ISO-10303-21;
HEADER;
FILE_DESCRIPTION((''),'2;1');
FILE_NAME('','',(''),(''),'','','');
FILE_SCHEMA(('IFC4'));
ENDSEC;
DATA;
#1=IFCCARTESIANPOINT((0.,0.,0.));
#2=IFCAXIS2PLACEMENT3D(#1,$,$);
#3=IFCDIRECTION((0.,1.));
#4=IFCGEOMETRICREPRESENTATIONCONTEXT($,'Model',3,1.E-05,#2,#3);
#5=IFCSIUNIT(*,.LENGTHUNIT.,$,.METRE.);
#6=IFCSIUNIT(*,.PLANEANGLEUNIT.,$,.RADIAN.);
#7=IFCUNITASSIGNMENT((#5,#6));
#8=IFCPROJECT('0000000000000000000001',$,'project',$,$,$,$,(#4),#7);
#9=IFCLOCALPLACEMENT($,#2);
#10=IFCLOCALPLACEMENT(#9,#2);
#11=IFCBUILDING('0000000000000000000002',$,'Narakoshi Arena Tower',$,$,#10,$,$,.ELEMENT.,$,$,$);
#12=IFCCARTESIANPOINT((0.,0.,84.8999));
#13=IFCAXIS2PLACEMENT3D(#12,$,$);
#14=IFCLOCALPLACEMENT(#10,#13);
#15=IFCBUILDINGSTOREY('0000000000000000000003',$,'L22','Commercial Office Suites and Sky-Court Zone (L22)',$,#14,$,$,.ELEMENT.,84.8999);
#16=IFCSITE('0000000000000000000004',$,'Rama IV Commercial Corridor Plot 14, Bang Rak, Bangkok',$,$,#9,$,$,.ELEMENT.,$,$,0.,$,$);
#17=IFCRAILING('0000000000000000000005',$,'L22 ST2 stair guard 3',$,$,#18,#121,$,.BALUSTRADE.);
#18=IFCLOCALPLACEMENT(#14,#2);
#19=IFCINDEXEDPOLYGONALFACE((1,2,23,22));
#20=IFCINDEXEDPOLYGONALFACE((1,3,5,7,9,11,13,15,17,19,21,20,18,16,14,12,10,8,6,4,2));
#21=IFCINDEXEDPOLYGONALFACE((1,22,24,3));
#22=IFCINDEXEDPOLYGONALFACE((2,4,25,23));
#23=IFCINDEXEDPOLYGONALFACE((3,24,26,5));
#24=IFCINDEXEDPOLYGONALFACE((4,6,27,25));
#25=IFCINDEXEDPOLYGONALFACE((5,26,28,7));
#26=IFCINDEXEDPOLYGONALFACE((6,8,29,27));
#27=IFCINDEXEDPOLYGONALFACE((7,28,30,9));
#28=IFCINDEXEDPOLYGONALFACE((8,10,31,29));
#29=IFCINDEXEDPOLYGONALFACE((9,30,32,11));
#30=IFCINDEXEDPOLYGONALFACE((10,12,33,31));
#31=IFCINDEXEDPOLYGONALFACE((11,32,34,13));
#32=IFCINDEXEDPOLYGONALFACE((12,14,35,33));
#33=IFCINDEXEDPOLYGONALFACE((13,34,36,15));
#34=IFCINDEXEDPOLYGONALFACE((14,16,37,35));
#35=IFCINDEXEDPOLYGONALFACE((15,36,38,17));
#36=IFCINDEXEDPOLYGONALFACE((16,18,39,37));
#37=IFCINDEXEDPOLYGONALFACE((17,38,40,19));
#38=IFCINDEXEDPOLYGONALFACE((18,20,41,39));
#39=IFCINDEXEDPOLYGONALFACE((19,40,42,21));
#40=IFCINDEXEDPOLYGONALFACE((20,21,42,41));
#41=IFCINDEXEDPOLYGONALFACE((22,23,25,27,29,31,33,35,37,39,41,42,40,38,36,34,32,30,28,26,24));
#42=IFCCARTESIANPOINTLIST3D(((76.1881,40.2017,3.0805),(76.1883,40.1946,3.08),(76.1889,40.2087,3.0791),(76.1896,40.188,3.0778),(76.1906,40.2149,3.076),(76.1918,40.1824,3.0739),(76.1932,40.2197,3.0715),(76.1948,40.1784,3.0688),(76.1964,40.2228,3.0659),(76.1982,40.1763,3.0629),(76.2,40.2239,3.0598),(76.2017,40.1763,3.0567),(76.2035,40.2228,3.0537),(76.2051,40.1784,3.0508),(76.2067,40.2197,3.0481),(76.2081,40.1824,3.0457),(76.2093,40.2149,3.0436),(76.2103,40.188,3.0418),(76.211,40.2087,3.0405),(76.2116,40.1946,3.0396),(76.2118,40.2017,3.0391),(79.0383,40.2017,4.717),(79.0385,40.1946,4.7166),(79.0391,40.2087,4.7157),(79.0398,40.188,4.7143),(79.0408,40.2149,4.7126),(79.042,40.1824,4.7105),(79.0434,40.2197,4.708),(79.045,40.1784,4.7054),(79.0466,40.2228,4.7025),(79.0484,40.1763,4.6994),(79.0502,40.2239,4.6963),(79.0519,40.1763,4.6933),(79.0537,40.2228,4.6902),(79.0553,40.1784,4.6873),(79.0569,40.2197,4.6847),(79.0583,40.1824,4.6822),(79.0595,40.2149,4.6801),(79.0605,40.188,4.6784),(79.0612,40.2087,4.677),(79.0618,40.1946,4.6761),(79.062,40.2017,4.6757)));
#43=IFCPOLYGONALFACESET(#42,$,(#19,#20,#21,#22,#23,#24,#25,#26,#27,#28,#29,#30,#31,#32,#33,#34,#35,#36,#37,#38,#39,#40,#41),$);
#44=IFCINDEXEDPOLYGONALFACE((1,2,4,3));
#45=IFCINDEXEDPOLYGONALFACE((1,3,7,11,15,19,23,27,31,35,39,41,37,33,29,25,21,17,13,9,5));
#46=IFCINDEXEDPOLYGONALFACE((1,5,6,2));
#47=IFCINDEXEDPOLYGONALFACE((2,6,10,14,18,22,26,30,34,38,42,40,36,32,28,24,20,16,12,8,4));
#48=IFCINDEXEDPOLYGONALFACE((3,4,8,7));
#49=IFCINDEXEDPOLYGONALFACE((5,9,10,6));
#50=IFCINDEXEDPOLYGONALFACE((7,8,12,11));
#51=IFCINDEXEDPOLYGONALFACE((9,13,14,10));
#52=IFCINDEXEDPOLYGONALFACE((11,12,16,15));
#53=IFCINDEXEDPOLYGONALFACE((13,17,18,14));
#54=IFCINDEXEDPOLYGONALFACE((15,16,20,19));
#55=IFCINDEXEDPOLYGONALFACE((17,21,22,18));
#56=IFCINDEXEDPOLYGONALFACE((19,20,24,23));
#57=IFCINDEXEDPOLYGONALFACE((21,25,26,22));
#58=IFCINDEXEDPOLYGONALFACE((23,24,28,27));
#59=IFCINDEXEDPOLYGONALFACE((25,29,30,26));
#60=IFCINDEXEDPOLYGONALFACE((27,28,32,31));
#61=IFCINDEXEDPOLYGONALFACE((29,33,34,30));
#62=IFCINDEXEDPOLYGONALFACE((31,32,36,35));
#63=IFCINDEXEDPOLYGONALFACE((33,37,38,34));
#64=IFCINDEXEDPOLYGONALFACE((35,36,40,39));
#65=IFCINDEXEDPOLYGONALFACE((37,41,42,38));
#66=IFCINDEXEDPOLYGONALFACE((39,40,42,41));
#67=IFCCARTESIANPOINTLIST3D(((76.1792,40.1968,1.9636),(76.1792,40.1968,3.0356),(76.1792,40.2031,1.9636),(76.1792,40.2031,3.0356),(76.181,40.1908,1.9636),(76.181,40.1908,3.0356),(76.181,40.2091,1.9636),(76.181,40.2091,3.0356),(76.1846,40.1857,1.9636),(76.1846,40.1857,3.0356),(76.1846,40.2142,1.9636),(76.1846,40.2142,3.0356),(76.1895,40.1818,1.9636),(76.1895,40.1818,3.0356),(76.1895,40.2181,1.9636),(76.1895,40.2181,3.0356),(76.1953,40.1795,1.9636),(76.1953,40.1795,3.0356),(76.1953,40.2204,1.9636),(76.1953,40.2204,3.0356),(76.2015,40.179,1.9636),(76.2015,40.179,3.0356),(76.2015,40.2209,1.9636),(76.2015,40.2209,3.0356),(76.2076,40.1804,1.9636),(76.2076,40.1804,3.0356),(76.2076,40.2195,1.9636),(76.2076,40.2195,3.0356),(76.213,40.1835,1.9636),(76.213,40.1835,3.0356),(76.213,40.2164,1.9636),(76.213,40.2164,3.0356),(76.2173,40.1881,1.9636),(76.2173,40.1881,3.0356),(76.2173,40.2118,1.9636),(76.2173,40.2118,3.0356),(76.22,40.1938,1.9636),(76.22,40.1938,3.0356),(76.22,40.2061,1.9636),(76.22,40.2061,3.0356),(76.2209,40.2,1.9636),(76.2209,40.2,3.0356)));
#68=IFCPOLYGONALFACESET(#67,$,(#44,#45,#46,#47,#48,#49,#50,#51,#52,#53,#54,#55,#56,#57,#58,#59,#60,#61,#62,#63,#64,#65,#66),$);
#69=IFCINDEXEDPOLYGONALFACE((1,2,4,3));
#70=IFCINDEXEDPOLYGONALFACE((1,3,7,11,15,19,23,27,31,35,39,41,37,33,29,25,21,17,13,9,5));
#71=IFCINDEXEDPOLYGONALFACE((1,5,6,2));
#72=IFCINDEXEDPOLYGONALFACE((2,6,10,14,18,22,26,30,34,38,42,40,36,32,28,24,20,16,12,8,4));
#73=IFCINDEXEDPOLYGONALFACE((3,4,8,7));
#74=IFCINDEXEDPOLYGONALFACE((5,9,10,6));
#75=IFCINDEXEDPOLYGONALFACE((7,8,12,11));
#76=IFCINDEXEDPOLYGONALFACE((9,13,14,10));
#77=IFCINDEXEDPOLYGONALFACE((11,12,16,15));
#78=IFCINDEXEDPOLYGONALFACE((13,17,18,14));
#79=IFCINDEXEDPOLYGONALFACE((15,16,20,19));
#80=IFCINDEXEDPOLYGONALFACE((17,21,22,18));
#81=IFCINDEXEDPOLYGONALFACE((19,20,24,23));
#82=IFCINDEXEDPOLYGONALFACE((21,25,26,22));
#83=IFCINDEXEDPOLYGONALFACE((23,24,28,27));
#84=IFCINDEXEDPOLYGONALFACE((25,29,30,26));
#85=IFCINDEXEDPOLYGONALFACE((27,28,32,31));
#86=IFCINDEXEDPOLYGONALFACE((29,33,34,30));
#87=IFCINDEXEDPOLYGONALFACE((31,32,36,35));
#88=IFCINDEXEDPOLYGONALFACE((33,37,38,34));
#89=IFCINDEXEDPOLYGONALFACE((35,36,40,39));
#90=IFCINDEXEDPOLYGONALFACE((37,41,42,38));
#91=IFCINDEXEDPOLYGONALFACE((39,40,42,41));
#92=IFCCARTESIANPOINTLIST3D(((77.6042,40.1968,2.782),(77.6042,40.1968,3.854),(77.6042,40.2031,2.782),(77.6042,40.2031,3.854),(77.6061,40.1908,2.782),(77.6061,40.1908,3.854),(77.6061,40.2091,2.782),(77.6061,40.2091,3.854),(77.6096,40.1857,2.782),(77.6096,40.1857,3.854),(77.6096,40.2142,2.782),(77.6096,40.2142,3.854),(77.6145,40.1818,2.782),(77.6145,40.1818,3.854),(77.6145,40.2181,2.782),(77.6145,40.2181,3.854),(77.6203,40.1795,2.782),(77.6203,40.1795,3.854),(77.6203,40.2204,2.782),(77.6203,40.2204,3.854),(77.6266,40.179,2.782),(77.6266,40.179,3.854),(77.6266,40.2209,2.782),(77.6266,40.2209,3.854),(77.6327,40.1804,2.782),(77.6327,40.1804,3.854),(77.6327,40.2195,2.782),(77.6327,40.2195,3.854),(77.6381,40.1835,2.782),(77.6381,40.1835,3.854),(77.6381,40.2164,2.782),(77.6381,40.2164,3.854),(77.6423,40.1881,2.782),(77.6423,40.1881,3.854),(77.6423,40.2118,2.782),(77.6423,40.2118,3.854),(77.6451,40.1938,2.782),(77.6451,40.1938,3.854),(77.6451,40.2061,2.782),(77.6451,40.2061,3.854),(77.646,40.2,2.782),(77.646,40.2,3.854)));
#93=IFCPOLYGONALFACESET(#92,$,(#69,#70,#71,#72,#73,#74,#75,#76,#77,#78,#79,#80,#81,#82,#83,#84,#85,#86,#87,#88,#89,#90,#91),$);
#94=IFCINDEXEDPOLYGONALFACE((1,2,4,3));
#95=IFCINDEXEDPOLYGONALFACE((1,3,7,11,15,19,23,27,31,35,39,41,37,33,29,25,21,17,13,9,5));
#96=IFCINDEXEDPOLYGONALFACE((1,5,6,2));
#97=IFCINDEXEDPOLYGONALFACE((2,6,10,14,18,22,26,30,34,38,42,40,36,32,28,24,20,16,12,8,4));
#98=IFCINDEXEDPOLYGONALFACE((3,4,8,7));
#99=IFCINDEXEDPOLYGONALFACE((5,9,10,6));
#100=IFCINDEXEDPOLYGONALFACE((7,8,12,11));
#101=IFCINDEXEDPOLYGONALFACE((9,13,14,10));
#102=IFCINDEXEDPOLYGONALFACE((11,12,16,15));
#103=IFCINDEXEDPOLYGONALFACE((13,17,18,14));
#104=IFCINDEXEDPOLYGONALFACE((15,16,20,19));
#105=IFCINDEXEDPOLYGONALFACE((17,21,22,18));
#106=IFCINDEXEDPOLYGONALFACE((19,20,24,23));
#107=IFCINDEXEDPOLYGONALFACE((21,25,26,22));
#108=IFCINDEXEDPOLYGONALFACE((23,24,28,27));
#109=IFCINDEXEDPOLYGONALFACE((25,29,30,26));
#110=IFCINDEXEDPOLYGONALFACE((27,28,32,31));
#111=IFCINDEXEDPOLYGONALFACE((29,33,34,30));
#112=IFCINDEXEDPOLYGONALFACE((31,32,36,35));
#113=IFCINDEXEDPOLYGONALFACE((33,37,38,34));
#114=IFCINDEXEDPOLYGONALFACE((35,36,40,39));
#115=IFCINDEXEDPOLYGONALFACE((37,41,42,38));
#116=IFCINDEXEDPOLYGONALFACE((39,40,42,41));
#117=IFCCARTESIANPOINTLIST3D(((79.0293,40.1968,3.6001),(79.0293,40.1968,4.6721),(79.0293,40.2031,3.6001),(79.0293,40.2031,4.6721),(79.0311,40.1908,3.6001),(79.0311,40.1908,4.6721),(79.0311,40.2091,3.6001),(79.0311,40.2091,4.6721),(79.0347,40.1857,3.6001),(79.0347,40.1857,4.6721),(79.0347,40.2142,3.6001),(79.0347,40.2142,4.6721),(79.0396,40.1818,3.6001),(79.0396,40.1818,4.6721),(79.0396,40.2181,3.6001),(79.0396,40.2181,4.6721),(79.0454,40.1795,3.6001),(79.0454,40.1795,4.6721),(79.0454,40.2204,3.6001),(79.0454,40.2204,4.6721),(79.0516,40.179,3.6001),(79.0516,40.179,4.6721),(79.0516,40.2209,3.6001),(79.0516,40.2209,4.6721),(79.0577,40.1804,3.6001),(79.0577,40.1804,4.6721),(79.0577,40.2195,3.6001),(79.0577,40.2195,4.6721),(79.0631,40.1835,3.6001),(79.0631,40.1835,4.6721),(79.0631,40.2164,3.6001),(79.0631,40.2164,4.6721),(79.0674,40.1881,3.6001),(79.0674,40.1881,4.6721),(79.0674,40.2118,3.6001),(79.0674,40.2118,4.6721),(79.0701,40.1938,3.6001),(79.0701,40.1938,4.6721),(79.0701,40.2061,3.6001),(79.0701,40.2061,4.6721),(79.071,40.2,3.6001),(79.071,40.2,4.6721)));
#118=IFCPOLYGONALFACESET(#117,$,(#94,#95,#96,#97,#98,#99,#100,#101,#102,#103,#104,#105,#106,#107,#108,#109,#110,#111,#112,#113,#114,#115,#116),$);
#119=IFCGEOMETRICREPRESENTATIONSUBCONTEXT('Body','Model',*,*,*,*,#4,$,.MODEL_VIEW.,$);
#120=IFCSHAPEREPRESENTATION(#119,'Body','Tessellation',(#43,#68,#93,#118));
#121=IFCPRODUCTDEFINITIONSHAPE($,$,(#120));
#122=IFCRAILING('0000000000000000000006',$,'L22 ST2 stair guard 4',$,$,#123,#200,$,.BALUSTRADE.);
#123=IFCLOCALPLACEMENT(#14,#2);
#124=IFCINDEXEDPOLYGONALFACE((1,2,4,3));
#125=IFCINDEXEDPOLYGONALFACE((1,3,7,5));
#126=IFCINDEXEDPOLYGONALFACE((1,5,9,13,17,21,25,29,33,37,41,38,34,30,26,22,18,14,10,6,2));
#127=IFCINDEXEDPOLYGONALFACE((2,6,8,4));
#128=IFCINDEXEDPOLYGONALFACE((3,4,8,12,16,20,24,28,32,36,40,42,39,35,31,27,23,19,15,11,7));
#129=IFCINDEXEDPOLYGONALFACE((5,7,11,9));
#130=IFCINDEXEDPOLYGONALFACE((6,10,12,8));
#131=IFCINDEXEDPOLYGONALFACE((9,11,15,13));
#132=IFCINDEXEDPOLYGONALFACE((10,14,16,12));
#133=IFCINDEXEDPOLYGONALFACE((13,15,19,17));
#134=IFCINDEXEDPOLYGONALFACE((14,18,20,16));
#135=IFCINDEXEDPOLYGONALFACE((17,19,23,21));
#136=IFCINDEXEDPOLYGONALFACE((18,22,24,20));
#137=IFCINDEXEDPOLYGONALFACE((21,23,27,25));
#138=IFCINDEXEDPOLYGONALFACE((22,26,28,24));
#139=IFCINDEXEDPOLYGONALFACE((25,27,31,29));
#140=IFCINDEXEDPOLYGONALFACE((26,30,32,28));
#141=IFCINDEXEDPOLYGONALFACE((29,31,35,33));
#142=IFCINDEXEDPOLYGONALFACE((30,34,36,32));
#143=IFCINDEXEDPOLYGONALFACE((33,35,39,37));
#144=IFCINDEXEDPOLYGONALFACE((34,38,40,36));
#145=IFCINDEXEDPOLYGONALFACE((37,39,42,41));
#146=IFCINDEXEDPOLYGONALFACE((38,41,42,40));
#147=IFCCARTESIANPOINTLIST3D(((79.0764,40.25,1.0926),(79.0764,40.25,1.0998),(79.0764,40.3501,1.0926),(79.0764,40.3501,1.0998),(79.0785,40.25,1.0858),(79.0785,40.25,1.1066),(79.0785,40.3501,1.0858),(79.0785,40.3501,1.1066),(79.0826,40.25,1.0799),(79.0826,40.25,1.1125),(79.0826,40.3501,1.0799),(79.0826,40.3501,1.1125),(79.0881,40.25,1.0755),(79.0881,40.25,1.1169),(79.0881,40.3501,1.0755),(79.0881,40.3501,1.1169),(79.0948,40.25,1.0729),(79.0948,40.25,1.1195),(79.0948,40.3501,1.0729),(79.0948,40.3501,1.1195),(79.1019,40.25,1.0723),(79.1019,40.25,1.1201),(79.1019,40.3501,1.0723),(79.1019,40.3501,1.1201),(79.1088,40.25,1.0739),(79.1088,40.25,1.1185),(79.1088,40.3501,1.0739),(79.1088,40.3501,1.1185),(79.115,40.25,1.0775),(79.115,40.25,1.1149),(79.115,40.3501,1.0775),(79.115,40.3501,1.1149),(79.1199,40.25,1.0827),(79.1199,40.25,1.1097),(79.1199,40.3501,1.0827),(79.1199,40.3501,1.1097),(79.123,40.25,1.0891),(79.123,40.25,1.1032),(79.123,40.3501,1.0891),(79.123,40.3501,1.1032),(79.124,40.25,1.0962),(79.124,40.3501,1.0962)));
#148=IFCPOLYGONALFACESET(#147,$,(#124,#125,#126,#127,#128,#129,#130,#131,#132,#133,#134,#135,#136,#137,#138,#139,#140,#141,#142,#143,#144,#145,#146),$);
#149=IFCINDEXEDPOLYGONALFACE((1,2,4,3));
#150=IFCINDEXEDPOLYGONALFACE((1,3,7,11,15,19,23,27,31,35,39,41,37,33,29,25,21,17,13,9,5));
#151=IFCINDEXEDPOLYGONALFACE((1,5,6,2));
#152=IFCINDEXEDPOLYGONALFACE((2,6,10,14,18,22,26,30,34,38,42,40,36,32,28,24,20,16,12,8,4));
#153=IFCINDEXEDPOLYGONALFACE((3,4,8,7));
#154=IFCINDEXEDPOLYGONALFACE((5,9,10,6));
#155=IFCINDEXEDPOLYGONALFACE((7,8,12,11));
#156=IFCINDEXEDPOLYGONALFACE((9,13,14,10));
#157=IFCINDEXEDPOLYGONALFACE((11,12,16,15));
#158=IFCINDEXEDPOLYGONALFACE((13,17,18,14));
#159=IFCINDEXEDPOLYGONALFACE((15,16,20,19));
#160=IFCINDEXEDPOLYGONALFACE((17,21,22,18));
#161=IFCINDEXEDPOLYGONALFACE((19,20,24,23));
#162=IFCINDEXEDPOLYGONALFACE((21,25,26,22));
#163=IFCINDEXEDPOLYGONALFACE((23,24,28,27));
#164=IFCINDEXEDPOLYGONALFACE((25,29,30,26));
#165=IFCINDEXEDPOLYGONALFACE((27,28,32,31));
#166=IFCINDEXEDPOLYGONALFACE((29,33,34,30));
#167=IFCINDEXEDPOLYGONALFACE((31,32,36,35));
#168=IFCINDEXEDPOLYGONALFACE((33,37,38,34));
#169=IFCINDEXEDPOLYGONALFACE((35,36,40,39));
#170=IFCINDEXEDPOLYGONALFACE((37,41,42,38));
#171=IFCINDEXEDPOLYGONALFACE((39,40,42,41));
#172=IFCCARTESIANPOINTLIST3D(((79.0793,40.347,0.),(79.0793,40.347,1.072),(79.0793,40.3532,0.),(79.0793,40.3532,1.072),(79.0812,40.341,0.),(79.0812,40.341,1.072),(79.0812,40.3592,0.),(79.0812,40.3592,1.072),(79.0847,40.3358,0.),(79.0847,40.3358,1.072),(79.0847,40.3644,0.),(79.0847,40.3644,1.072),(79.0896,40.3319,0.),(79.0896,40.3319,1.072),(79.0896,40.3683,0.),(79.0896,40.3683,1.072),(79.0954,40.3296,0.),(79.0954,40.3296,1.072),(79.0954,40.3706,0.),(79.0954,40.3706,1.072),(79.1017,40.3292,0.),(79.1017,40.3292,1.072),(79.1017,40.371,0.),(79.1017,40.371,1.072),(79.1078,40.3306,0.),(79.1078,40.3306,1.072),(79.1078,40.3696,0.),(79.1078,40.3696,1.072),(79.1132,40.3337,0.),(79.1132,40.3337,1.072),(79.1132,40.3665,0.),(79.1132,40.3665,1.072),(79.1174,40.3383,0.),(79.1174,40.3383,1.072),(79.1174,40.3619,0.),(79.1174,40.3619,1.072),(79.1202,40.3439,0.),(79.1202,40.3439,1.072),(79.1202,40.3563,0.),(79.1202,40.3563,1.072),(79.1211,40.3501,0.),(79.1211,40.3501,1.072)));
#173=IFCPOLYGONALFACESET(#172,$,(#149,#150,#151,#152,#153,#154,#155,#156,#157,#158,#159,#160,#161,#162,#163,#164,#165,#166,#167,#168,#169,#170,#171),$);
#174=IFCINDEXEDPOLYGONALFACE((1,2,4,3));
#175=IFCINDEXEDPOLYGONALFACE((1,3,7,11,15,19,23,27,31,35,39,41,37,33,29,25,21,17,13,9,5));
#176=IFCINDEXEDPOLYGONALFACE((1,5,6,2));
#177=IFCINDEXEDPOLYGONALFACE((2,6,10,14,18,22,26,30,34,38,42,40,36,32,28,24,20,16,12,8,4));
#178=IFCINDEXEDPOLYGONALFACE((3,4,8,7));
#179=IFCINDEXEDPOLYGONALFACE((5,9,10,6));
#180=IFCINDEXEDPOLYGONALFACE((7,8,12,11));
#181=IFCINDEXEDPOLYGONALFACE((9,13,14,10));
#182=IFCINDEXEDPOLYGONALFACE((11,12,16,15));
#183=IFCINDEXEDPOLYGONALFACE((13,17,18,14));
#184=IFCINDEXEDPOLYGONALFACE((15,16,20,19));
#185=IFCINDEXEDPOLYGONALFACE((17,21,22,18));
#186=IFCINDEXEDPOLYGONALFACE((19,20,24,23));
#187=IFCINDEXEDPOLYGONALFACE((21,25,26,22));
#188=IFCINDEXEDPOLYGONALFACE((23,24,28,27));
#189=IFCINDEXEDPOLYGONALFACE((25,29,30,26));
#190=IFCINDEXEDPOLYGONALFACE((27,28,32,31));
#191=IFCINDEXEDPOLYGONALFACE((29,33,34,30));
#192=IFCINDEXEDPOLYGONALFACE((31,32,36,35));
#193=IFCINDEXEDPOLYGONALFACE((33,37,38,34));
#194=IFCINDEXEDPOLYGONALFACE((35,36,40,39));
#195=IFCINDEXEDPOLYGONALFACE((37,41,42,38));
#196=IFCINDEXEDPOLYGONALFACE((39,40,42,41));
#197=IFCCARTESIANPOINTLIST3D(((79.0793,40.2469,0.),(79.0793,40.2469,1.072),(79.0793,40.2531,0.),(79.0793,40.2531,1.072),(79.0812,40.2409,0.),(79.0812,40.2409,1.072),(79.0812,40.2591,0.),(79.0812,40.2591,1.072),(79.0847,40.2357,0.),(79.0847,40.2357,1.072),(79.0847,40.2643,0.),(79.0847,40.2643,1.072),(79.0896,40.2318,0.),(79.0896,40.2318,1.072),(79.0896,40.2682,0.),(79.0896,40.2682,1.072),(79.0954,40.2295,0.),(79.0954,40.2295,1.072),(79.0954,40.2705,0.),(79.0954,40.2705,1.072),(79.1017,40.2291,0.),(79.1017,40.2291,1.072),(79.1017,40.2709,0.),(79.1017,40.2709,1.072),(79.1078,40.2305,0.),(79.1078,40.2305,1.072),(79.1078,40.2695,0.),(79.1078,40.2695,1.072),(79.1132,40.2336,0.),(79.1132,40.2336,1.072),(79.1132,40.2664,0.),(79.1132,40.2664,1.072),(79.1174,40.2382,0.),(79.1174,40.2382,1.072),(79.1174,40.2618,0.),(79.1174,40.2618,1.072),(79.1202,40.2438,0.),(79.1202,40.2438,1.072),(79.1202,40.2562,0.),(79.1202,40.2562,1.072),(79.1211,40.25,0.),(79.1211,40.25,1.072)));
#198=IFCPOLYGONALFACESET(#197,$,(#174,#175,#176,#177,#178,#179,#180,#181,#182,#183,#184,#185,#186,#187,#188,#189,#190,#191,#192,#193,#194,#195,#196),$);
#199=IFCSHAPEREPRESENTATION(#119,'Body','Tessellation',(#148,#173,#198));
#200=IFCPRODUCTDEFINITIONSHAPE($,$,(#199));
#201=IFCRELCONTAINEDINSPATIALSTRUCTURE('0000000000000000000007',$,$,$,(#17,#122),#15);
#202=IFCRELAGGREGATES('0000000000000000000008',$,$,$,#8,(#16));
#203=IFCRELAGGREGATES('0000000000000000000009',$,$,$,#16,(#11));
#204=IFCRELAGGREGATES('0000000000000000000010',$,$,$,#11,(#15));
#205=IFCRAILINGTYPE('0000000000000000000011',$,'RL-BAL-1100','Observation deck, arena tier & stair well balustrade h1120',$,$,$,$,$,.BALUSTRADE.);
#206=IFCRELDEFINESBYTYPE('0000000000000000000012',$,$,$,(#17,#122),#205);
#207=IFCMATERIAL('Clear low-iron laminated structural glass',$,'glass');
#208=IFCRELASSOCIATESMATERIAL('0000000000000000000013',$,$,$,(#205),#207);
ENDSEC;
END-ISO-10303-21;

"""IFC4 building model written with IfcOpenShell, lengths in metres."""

from ifc_helpers import new_model, si_unit, direction, frame, origin, origin_2d, place, context, subcontext, project, spatial, circle, extrude, material, type_object, element, save


model = new_model("IFC4")

# Units and contexts
model_context = context("Model", 3, precision=1e-05, world=origin(), true_north=direction((0.0, 1.0)))
body_context = subcontext(model_context, "Body", "Model", "MODEL_VIEW")
ifc_project = project(units=[si_unit("LENGTHUNIT", "METRE"), si_unit("PLANEANGLEUNIT", "RADIAN")], contexts=[model_context])

# Site, building, storey
site_placement = place(None, origin())
site = spatial("IfcSite", under=ifc_project, at=site_placement, Name="Rama IV Commercial Corridor Plot 14, Bang Rak, Bangkok", CompositionType="ELEMENT", RefElevation=0.0)
building_placement = place(site_placement, origin())
building = spatial("IfcBuilding", under=site, at=building_placement, Name="Narakoshi Arena Tower", CompositionType="ELEMENT")
storey_placement = place(building_placement, frame((0.0, 0.0, 84.8999)))
storey = spatial("IfcBuildingStorey", under=building, at=storey_placement, Name="L22", Description="Commercial Office Suites and Sky-Court Zone (L22)", CompositionType="ELEMENT", Elevation=84.8999)

# Railings
ifc_material_1 = material(Name="Clear low-iron laminated structural glass", Category="glass")
railing_type_1 = type_object("IfcRailingType", Name="RL-BAL-1100", Description="Observation deck, arena tier & stair well balustrade h1120", PredefinedType="BALUSTRADE", material=ifc_material_1)
railing_1_placement = place(storey_placement, frame((76.2, 40.2, 1.9636)))
element("IfcRailing", 1, at=railing_1_placement, inside=storey, type_object=railing_type_1, Name="L22 ST2 stair guard 3", PredefinedType="BALUSTRADE", context=body_context, shape_type="SweptSolid", body=[
    extrude(circle(Radius=0.0239, at=origin_2d()), frame((0.0, 0.0, 1.0962), z_axis=(0.867213, 0.0, 0.497938), x_axis=(0.0, 1.0, 0.0)), (0.0, 0.0, 1.0), 3.2866),
    extrude(circle(Radius=0.021, at=origin_2d()), origin(), (0.0, 0.0, 1.0), 1.072),
    extrude(circle(Radius=0.021, at=origin_2d()), frame((1.425, 0.0, 0.8184)), (0.0, 0.0, 1.0), 1.072),
    extrude(circle(Radius=0.021, at=origin_2d()), frame((2.8501, 0.0, 1.6365)), (0.0, 0.0, 1.0), 1.072),
])
railing_2_placement = place(storey_placement, frame((79.1001, 40.3501, 0.0)))
element("IfcRailing", 2, at=railing_2_placement, inside=storey, type_object=railing_type_1, Name="L22 ST2 stair guard 4", PredefinedType="BALUSTRADE", context=body_context, shape_type="SweptSolid", body=[
    extrude(circle(Radius=0.0239, at=origin_2d()), frame((0.0, 0.0, 1.0962), z_axis=(0.0, -1.0, 0.0), x_axis=(1.0, 0.0, 0.0)), (0.0, 0.0, 1.0), 0.1001),
    extrude(circle(Radius=0.021, at=origin_2d()), origin(), (0.0, 0.0, 1.0), 1.072),
    extrude(circle(Radius=0.021, at=origin_2d()), frame((0.0, -0.1001, 0.0)), (0.0, 0.0, 1.0), 1.072),
])

save(model, "model.ifc")
